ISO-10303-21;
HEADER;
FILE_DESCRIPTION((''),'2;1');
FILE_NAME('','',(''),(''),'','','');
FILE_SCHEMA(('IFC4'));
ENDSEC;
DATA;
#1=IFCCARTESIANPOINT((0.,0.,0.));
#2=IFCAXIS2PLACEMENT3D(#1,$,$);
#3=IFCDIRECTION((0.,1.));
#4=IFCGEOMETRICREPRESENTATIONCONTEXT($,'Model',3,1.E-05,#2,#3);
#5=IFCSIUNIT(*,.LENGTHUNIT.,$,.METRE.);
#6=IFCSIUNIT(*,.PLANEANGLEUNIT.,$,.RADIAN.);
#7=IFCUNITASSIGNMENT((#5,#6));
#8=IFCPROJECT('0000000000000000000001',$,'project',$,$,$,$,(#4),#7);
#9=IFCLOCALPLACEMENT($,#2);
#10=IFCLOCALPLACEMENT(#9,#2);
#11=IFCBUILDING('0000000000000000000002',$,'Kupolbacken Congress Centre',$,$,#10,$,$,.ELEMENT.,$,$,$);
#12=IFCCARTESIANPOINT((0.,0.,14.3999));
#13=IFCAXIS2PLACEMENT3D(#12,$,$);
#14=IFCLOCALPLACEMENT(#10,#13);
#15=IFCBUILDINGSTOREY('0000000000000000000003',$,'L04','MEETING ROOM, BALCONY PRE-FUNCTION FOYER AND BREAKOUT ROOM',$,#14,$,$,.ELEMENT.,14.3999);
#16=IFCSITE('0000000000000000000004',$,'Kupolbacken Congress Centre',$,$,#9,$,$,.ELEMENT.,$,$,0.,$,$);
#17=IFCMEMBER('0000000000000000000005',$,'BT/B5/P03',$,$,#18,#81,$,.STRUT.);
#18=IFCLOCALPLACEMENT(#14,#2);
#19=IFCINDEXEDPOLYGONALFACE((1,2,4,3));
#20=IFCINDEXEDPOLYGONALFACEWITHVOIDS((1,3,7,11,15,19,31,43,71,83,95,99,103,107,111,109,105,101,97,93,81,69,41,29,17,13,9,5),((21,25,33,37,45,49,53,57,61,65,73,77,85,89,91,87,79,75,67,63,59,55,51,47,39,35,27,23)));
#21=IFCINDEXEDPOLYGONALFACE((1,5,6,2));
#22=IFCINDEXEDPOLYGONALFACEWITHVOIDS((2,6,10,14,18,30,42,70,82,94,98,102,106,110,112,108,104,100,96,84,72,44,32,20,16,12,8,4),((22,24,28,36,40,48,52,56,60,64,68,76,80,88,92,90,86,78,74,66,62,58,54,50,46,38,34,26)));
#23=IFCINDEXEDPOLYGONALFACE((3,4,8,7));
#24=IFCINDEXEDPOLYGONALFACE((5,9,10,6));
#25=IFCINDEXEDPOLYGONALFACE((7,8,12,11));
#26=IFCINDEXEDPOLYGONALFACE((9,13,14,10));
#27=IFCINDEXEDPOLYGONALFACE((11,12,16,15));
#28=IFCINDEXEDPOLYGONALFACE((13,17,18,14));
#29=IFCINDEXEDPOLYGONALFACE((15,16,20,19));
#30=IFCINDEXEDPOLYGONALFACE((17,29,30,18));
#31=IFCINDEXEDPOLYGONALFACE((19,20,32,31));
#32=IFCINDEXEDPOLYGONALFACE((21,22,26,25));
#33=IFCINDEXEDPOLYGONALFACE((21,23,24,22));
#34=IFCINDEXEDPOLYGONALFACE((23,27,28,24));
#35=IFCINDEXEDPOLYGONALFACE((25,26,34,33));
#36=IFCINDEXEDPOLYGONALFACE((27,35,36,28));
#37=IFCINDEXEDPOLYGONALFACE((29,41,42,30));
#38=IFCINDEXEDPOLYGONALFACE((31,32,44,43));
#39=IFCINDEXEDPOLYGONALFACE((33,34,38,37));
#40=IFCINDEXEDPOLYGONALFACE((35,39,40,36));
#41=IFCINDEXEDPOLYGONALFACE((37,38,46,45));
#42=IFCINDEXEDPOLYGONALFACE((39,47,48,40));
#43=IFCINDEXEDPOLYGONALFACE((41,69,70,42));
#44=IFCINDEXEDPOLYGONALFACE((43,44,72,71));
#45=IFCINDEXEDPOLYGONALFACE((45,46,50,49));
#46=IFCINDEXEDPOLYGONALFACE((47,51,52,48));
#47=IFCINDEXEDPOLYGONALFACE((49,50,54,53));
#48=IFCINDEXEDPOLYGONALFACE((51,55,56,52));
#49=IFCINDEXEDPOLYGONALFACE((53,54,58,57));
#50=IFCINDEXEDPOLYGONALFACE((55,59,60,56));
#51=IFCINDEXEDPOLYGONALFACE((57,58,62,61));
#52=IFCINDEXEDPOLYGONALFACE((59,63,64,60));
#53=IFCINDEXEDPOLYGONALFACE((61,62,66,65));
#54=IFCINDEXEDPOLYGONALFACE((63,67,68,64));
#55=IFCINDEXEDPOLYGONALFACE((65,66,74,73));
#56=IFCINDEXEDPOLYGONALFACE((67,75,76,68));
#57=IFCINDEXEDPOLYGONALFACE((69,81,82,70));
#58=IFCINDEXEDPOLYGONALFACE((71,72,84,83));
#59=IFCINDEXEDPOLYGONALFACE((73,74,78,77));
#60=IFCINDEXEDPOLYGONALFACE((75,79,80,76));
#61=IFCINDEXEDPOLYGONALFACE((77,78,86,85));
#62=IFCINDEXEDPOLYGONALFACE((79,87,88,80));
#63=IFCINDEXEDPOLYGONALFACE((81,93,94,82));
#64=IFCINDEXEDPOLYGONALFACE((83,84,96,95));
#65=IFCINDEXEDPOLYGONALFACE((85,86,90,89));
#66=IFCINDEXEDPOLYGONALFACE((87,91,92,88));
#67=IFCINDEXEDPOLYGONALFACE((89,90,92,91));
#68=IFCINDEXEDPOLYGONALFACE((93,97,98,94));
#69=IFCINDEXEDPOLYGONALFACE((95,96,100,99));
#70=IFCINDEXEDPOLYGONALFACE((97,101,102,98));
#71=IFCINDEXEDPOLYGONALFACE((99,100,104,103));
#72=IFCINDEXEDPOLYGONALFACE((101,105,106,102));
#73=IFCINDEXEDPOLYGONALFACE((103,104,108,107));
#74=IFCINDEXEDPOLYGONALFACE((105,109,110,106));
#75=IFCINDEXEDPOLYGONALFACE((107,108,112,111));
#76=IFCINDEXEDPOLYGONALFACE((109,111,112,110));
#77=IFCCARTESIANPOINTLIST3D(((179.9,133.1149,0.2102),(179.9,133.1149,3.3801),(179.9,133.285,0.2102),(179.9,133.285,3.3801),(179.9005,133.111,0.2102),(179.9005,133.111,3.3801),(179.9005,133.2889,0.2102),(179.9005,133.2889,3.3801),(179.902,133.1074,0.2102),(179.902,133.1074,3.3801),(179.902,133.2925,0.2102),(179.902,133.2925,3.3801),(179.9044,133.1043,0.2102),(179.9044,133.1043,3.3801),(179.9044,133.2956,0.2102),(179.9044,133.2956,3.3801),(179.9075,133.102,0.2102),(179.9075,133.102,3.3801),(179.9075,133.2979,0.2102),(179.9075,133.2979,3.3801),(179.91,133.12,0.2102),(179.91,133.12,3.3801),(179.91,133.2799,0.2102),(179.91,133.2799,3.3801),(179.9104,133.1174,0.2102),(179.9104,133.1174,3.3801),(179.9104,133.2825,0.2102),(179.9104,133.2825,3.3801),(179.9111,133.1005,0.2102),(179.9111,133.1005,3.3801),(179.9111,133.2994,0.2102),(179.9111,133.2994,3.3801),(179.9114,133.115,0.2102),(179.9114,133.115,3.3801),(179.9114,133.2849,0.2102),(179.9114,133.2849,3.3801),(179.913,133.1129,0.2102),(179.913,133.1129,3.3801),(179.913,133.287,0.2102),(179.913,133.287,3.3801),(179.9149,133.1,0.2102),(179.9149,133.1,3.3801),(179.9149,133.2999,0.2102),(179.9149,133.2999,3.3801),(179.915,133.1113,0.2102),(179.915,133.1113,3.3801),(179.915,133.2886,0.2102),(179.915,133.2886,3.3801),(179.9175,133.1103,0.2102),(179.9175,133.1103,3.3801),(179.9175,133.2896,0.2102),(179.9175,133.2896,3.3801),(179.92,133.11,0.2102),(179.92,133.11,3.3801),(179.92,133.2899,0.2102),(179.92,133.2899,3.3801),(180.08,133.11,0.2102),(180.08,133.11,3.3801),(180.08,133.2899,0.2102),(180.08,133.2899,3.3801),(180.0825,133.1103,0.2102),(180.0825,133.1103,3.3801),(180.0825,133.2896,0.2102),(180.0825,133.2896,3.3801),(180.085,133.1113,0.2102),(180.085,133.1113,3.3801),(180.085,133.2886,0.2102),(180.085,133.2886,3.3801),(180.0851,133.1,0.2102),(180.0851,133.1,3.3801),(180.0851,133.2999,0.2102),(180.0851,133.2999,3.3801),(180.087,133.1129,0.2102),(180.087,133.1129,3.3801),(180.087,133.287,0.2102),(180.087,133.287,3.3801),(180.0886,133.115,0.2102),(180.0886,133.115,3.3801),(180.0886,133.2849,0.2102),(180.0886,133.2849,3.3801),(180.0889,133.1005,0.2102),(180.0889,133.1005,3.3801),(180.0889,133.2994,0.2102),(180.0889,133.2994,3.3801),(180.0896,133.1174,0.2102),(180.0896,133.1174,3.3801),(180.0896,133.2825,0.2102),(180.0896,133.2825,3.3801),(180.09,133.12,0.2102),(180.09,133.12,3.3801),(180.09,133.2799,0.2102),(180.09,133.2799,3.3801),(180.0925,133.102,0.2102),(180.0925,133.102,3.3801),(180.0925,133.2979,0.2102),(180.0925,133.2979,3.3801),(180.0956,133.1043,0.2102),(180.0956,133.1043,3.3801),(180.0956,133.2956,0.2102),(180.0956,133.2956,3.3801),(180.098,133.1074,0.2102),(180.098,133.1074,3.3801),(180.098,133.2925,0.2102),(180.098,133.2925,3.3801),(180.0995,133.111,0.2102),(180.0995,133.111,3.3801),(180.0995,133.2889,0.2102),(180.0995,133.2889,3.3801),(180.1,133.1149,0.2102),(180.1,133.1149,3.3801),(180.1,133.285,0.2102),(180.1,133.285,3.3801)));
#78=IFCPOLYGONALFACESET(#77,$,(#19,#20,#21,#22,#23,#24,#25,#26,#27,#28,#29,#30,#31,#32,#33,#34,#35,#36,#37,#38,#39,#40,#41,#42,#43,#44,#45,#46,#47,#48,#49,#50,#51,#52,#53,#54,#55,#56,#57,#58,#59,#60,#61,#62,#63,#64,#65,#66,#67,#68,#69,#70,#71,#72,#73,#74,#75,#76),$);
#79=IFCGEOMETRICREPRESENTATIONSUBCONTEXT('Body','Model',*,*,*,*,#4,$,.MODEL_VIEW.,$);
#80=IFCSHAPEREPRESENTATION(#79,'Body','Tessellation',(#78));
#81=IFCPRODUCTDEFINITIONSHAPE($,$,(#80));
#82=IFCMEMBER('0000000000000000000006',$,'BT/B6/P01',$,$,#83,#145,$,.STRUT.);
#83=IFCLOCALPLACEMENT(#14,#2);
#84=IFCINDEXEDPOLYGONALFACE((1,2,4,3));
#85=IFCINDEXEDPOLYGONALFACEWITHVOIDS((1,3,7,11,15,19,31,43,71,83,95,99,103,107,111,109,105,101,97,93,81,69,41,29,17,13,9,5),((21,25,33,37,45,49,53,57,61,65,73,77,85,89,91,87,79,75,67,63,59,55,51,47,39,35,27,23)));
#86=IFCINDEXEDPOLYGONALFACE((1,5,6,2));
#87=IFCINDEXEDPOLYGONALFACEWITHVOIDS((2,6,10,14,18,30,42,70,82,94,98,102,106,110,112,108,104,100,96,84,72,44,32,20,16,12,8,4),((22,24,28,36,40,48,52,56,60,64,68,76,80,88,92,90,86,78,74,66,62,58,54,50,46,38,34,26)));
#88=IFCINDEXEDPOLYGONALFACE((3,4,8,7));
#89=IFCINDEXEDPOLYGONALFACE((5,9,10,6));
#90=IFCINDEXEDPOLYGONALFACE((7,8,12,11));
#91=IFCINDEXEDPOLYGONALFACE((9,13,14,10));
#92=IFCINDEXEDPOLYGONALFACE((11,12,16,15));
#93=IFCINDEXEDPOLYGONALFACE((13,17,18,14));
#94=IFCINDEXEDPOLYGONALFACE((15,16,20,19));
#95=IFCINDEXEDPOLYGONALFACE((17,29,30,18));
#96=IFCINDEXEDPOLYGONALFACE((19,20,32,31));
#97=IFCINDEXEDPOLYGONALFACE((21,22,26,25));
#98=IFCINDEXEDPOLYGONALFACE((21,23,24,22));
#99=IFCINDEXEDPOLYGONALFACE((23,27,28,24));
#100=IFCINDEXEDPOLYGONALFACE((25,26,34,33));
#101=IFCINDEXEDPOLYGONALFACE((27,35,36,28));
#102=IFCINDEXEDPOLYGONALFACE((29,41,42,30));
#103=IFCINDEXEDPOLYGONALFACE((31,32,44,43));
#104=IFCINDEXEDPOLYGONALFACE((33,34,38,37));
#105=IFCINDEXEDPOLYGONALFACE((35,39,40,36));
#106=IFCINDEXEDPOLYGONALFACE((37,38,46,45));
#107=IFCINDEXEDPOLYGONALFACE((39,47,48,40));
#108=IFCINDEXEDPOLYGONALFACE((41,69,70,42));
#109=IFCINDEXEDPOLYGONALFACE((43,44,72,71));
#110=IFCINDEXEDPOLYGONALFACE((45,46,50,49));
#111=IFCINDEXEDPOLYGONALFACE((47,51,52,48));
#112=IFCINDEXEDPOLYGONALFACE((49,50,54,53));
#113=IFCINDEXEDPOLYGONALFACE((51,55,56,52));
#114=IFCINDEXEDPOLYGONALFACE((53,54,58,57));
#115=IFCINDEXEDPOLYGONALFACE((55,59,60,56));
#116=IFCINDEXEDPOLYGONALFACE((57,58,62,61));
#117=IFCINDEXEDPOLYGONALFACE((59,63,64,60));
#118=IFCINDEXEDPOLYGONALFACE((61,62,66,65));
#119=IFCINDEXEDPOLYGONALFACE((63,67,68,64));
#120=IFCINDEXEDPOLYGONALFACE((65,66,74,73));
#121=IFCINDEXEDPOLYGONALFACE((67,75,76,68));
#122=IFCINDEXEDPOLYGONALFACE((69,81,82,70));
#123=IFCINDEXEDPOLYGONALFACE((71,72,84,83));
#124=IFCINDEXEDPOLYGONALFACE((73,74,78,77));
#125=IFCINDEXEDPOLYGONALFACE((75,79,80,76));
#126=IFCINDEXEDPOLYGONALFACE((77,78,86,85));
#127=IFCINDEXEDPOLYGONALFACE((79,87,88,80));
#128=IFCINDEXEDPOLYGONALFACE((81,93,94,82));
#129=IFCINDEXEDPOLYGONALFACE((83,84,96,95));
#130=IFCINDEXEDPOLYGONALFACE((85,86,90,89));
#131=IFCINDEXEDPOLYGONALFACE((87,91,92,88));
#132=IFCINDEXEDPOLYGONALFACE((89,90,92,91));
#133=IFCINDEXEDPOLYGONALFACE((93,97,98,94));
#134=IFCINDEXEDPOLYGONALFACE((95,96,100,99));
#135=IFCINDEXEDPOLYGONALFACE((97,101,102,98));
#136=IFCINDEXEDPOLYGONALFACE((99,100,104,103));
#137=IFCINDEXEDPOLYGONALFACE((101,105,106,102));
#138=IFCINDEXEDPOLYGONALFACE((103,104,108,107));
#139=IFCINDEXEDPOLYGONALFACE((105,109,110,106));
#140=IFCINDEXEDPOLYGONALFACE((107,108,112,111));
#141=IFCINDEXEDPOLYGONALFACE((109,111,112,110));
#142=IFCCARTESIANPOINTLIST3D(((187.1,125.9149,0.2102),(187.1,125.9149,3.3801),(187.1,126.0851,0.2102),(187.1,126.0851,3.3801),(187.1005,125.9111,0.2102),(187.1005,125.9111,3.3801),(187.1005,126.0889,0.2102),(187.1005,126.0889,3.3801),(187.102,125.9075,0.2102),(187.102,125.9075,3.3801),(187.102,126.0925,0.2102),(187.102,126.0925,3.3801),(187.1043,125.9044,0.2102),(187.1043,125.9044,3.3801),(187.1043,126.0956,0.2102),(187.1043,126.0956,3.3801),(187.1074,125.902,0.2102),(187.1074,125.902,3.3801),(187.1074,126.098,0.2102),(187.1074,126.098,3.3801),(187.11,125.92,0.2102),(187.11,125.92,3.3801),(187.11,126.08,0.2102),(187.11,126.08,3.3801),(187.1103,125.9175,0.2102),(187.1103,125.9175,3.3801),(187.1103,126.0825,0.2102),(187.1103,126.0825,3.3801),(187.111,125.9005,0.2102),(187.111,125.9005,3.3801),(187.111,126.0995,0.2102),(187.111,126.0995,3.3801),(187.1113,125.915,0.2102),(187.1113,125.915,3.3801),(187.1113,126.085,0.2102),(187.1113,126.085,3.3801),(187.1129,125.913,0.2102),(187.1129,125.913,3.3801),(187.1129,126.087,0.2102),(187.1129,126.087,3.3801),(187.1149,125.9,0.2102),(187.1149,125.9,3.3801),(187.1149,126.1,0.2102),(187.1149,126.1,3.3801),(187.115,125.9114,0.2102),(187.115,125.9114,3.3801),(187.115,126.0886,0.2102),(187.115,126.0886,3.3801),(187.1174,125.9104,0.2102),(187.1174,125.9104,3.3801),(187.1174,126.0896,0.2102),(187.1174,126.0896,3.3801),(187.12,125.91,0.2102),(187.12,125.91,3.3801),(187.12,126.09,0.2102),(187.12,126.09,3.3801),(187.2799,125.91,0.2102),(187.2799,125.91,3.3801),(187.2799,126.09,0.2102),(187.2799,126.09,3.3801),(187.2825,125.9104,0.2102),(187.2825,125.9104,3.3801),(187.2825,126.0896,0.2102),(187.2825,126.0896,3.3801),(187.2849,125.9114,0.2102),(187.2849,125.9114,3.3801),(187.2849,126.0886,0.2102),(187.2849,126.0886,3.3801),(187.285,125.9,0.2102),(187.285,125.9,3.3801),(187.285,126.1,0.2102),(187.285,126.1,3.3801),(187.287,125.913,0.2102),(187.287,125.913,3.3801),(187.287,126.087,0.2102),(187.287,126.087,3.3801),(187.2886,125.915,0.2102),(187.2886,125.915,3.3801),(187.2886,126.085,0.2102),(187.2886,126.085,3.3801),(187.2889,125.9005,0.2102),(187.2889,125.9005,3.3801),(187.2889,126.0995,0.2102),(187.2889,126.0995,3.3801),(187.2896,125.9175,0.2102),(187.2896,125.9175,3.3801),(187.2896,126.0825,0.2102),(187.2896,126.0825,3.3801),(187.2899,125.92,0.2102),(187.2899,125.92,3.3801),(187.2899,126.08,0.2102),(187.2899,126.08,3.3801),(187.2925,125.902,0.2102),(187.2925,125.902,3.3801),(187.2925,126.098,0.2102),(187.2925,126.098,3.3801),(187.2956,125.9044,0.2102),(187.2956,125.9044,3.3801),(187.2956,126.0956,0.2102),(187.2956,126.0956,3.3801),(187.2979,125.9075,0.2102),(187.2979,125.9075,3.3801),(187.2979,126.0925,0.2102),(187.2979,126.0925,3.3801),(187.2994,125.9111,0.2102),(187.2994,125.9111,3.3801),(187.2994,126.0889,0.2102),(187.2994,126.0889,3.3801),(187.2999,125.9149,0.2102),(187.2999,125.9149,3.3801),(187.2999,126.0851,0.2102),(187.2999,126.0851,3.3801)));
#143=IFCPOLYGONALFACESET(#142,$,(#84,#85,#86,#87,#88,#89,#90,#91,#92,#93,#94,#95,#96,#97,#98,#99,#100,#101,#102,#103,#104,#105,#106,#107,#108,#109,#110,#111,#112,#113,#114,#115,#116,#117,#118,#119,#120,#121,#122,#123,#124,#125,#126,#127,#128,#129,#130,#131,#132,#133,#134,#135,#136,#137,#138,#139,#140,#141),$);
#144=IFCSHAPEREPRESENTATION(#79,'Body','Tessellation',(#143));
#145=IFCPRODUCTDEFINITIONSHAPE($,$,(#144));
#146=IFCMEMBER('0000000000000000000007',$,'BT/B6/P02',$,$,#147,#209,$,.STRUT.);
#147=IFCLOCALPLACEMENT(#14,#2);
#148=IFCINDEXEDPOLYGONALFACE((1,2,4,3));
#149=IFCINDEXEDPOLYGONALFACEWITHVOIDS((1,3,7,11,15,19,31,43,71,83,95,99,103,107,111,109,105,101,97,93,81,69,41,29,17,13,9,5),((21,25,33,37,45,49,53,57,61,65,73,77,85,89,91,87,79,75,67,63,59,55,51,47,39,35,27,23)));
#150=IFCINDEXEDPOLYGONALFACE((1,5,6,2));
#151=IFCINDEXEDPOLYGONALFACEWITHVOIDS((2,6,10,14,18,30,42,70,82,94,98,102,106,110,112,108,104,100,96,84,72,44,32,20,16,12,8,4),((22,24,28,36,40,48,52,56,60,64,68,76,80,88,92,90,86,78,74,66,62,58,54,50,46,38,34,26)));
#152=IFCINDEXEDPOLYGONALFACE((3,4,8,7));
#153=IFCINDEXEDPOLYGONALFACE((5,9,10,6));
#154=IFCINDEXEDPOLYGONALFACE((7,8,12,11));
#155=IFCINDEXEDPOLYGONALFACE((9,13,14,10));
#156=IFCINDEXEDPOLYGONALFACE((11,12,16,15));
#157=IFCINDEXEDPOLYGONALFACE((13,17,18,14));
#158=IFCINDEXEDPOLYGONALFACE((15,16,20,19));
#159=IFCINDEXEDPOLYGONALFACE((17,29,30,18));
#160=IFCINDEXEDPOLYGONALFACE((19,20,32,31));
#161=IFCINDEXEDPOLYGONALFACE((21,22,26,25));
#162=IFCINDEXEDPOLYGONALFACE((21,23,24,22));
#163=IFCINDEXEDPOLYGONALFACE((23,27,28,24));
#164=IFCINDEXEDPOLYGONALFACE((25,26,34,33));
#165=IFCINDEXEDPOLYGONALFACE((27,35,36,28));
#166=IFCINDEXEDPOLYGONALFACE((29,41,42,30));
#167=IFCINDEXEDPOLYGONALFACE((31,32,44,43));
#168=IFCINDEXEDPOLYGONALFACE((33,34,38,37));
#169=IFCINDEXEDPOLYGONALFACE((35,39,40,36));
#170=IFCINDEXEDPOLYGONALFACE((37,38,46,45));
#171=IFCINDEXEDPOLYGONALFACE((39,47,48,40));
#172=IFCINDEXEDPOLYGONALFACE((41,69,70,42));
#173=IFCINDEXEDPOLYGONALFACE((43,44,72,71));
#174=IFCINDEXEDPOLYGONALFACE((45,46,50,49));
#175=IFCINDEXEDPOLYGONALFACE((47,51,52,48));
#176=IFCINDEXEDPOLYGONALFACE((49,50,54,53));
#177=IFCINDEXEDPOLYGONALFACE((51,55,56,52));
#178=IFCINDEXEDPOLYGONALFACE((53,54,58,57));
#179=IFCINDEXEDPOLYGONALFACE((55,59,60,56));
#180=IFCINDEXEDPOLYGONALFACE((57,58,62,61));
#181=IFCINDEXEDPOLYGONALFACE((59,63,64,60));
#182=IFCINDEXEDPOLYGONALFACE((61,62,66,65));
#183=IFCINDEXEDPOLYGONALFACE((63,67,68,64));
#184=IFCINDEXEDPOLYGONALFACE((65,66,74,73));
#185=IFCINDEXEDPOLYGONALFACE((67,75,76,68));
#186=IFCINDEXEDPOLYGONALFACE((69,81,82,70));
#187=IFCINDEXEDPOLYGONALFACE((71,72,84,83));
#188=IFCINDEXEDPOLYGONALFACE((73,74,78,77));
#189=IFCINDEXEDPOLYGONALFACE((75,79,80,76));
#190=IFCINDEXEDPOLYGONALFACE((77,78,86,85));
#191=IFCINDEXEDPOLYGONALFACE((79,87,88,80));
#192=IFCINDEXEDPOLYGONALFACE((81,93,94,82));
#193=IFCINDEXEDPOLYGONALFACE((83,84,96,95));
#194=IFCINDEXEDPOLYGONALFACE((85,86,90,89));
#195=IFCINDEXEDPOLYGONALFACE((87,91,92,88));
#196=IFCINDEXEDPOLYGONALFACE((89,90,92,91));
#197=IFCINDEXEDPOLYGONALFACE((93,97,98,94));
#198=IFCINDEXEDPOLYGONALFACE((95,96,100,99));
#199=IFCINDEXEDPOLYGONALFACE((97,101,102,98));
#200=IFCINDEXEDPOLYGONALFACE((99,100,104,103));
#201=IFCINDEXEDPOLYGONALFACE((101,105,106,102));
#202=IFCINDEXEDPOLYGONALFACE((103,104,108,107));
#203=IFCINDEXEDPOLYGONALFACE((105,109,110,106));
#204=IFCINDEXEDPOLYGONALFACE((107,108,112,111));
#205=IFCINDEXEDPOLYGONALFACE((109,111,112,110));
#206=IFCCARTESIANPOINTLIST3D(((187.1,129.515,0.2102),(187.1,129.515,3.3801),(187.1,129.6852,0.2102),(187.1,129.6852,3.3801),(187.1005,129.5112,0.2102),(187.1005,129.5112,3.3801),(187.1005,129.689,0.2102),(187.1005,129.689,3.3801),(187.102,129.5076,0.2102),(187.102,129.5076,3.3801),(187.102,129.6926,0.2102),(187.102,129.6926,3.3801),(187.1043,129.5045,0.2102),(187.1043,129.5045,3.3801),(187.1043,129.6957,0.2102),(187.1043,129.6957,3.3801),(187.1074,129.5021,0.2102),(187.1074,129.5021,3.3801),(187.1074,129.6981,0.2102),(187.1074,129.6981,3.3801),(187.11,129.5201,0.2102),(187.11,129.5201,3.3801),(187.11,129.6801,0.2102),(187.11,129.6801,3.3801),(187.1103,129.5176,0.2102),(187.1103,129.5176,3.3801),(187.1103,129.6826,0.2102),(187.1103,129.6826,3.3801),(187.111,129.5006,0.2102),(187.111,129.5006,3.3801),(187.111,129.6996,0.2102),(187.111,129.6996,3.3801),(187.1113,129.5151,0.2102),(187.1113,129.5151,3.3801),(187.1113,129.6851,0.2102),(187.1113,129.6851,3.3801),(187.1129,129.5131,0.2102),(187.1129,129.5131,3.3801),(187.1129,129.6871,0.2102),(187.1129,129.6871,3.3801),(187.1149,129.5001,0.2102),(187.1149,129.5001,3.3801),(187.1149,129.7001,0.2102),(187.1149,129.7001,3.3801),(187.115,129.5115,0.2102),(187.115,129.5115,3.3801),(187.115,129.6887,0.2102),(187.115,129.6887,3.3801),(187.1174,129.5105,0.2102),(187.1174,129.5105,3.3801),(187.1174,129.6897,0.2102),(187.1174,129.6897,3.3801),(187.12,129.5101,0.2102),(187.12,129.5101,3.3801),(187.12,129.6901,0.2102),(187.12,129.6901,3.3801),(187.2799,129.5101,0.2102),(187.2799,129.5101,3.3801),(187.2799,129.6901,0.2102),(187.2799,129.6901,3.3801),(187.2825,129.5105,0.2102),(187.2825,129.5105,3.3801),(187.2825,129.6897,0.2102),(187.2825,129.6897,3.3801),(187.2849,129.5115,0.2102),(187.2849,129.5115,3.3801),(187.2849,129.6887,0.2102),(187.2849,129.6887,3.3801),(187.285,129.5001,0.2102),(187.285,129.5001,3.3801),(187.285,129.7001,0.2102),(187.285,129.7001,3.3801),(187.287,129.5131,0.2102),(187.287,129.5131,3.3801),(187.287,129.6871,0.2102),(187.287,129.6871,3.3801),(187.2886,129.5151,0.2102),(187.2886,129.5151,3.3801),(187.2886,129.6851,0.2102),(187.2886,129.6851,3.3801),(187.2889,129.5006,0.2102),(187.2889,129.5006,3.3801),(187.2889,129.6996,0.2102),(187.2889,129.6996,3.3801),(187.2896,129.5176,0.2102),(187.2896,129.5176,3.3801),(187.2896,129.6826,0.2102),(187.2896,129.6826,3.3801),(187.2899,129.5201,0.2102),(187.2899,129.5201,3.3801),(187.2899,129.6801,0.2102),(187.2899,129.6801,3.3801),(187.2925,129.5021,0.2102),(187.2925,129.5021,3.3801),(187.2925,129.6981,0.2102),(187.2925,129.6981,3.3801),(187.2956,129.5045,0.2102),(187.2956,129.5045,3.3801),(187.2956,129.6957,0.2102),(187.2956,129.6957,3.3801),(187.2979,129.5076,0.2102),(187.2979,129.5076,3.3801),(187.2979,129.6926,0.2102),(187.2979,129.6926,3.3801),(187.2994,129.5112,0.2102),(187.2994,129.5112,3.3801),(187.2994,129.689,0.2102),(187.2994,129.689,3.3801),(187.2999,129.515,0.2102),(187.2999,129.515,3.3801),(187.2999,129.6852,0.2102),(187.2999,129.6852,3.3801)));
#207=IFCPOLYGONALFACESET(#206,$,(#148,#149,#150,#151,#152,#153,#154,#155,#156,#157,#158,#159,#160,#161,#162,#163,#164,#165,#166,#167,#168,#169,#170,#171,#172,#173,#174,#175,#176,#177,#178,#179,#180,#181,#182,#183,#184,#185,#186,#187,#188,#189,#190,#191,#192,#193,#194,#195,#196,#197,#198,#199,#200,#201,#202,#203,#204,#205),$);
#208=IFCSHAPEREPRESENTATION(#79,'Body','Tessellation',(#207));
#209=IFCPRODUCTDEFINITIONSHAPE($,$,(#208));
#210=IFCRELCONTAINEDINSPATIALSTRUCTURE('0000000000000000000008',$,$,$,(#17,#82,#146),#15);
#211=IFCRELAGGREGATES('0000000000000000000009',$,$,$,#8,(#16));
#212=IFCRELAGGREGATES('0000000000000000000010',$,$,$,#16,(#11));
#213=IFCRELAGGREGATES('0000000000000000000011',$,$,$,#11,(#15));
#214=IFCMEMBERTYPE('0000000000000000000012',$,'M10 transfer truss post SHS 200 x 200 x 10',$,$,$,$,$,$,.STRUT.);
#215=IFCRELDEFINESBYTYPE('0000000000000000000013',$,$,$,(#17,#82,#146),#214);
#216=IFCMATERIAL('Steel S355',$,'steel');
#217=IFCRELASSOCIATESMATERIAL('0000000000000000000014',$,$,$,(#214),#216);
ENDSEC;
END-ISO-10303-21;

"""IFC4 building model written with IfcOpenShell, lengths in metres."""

from ifc_helpers import new_model, si_unit, direction, frame, origin, origin_2d, place, context, subcontext, project, spatial, hollow_rectangle, extrude, material, material_profile, profile_set, type_object, element, save


model = new_model("IFC4")

# Units and contexts
model_context = context("Model", 3, precision=1e-05, world=origin(), true_north=direction((0.0, 1.0)))
body_context = subcontext(model_context, "Body", "Model", "MODEL_VIEW")
ifc_project = project(units=[si_unit("LENGTHUNIT", "METRE"), si_unit("PLANEANGLEUNIT", "RADIAN")], contexts=[model_context])

# Site, building, storey
site_placement = place(None, origin())
site = spatial("IfcSite", under=ifc_project, at=site_placement, Name="Kupolbacken Congress Centre", CompositionType="ELEMENT", RefElevation=0.0)
building_placement = place(site_placement, origin())
building = spatial("IfcBuilding", under=site, at=building_placement, Name="Kupolbacken Congress Centre", CompositionType="ELEMENT")
storey_placement = place(building_placement, frame((0.0, 0.0, 14.3999)))
storey = spatial("IfcBuildingStorey", under=building, at=storey_placement, Name="L04", Description="MEETING ROOM, BALCONY PRE-FUNCTION FOYER AND BREAKOUT ROOM", CompositionType="ELEMENT", Elevation=14.3999)

# Members
ifc_material_1 = material(Name="Steel S355", Category="steel")
ifc_material_profile_1 = material_profile(ifc_material_1, hollow_rectangle(XDim=0.2, YDim=0.2, WallThickness=0.01, InnerFilletRadius=0.01, OuterFilletRadius=0.0149, at=origin_2d()), Name="SHS 200 x 200 x 10")
ifc_profile_set_1 = profile_set([ifc_material_profile_1], Name="Steel S355")
member_type_1 = type_object("IfcMemberType", Name="M10 transfer truss post SHS 200 x 200 x 10", PredefinedType="STRUT", material=ifc_profile_set_1)
for number, where, z_axis, x_axis, name in (
    (1, (180.0, 133.2, 0.2102), (0.0, 0.0, 1.0), (0.0, 1.0, 0.0), "BT/B5/P03"),
    (2, (187.2, 126.0, 0.2102), (0.0, 0.0, 1.0), (0.0, 1.0, 0.0), "BT/B6/P01"),
    (3, (187.2, 129.6001, 0.2102), (0.0, 0.0, 1.0), (0.0, 1.0, 0.0), "BT/B6/P02"),
):
    element("IfcMember", number, at=place(storey_placement, frame(where, z_axis=z_axis, x_axis=x_axis)), inside=storey, type_object=member_type_1, Name=name, PredefinedType="STRUT", context=body_context, shape_type="SweptSolid", body=[
        extrude(hollow_rectangle(XDim=0.2, YDim=0.2, WallThickness=0.01, InnerFilletRadius=0.01, OuterFilletRadius=0.0149, at=origin_2d()), origin(), (0.0, 0.0, 1.0), 3.1699),
    ])

save(model, "model.ifc")
